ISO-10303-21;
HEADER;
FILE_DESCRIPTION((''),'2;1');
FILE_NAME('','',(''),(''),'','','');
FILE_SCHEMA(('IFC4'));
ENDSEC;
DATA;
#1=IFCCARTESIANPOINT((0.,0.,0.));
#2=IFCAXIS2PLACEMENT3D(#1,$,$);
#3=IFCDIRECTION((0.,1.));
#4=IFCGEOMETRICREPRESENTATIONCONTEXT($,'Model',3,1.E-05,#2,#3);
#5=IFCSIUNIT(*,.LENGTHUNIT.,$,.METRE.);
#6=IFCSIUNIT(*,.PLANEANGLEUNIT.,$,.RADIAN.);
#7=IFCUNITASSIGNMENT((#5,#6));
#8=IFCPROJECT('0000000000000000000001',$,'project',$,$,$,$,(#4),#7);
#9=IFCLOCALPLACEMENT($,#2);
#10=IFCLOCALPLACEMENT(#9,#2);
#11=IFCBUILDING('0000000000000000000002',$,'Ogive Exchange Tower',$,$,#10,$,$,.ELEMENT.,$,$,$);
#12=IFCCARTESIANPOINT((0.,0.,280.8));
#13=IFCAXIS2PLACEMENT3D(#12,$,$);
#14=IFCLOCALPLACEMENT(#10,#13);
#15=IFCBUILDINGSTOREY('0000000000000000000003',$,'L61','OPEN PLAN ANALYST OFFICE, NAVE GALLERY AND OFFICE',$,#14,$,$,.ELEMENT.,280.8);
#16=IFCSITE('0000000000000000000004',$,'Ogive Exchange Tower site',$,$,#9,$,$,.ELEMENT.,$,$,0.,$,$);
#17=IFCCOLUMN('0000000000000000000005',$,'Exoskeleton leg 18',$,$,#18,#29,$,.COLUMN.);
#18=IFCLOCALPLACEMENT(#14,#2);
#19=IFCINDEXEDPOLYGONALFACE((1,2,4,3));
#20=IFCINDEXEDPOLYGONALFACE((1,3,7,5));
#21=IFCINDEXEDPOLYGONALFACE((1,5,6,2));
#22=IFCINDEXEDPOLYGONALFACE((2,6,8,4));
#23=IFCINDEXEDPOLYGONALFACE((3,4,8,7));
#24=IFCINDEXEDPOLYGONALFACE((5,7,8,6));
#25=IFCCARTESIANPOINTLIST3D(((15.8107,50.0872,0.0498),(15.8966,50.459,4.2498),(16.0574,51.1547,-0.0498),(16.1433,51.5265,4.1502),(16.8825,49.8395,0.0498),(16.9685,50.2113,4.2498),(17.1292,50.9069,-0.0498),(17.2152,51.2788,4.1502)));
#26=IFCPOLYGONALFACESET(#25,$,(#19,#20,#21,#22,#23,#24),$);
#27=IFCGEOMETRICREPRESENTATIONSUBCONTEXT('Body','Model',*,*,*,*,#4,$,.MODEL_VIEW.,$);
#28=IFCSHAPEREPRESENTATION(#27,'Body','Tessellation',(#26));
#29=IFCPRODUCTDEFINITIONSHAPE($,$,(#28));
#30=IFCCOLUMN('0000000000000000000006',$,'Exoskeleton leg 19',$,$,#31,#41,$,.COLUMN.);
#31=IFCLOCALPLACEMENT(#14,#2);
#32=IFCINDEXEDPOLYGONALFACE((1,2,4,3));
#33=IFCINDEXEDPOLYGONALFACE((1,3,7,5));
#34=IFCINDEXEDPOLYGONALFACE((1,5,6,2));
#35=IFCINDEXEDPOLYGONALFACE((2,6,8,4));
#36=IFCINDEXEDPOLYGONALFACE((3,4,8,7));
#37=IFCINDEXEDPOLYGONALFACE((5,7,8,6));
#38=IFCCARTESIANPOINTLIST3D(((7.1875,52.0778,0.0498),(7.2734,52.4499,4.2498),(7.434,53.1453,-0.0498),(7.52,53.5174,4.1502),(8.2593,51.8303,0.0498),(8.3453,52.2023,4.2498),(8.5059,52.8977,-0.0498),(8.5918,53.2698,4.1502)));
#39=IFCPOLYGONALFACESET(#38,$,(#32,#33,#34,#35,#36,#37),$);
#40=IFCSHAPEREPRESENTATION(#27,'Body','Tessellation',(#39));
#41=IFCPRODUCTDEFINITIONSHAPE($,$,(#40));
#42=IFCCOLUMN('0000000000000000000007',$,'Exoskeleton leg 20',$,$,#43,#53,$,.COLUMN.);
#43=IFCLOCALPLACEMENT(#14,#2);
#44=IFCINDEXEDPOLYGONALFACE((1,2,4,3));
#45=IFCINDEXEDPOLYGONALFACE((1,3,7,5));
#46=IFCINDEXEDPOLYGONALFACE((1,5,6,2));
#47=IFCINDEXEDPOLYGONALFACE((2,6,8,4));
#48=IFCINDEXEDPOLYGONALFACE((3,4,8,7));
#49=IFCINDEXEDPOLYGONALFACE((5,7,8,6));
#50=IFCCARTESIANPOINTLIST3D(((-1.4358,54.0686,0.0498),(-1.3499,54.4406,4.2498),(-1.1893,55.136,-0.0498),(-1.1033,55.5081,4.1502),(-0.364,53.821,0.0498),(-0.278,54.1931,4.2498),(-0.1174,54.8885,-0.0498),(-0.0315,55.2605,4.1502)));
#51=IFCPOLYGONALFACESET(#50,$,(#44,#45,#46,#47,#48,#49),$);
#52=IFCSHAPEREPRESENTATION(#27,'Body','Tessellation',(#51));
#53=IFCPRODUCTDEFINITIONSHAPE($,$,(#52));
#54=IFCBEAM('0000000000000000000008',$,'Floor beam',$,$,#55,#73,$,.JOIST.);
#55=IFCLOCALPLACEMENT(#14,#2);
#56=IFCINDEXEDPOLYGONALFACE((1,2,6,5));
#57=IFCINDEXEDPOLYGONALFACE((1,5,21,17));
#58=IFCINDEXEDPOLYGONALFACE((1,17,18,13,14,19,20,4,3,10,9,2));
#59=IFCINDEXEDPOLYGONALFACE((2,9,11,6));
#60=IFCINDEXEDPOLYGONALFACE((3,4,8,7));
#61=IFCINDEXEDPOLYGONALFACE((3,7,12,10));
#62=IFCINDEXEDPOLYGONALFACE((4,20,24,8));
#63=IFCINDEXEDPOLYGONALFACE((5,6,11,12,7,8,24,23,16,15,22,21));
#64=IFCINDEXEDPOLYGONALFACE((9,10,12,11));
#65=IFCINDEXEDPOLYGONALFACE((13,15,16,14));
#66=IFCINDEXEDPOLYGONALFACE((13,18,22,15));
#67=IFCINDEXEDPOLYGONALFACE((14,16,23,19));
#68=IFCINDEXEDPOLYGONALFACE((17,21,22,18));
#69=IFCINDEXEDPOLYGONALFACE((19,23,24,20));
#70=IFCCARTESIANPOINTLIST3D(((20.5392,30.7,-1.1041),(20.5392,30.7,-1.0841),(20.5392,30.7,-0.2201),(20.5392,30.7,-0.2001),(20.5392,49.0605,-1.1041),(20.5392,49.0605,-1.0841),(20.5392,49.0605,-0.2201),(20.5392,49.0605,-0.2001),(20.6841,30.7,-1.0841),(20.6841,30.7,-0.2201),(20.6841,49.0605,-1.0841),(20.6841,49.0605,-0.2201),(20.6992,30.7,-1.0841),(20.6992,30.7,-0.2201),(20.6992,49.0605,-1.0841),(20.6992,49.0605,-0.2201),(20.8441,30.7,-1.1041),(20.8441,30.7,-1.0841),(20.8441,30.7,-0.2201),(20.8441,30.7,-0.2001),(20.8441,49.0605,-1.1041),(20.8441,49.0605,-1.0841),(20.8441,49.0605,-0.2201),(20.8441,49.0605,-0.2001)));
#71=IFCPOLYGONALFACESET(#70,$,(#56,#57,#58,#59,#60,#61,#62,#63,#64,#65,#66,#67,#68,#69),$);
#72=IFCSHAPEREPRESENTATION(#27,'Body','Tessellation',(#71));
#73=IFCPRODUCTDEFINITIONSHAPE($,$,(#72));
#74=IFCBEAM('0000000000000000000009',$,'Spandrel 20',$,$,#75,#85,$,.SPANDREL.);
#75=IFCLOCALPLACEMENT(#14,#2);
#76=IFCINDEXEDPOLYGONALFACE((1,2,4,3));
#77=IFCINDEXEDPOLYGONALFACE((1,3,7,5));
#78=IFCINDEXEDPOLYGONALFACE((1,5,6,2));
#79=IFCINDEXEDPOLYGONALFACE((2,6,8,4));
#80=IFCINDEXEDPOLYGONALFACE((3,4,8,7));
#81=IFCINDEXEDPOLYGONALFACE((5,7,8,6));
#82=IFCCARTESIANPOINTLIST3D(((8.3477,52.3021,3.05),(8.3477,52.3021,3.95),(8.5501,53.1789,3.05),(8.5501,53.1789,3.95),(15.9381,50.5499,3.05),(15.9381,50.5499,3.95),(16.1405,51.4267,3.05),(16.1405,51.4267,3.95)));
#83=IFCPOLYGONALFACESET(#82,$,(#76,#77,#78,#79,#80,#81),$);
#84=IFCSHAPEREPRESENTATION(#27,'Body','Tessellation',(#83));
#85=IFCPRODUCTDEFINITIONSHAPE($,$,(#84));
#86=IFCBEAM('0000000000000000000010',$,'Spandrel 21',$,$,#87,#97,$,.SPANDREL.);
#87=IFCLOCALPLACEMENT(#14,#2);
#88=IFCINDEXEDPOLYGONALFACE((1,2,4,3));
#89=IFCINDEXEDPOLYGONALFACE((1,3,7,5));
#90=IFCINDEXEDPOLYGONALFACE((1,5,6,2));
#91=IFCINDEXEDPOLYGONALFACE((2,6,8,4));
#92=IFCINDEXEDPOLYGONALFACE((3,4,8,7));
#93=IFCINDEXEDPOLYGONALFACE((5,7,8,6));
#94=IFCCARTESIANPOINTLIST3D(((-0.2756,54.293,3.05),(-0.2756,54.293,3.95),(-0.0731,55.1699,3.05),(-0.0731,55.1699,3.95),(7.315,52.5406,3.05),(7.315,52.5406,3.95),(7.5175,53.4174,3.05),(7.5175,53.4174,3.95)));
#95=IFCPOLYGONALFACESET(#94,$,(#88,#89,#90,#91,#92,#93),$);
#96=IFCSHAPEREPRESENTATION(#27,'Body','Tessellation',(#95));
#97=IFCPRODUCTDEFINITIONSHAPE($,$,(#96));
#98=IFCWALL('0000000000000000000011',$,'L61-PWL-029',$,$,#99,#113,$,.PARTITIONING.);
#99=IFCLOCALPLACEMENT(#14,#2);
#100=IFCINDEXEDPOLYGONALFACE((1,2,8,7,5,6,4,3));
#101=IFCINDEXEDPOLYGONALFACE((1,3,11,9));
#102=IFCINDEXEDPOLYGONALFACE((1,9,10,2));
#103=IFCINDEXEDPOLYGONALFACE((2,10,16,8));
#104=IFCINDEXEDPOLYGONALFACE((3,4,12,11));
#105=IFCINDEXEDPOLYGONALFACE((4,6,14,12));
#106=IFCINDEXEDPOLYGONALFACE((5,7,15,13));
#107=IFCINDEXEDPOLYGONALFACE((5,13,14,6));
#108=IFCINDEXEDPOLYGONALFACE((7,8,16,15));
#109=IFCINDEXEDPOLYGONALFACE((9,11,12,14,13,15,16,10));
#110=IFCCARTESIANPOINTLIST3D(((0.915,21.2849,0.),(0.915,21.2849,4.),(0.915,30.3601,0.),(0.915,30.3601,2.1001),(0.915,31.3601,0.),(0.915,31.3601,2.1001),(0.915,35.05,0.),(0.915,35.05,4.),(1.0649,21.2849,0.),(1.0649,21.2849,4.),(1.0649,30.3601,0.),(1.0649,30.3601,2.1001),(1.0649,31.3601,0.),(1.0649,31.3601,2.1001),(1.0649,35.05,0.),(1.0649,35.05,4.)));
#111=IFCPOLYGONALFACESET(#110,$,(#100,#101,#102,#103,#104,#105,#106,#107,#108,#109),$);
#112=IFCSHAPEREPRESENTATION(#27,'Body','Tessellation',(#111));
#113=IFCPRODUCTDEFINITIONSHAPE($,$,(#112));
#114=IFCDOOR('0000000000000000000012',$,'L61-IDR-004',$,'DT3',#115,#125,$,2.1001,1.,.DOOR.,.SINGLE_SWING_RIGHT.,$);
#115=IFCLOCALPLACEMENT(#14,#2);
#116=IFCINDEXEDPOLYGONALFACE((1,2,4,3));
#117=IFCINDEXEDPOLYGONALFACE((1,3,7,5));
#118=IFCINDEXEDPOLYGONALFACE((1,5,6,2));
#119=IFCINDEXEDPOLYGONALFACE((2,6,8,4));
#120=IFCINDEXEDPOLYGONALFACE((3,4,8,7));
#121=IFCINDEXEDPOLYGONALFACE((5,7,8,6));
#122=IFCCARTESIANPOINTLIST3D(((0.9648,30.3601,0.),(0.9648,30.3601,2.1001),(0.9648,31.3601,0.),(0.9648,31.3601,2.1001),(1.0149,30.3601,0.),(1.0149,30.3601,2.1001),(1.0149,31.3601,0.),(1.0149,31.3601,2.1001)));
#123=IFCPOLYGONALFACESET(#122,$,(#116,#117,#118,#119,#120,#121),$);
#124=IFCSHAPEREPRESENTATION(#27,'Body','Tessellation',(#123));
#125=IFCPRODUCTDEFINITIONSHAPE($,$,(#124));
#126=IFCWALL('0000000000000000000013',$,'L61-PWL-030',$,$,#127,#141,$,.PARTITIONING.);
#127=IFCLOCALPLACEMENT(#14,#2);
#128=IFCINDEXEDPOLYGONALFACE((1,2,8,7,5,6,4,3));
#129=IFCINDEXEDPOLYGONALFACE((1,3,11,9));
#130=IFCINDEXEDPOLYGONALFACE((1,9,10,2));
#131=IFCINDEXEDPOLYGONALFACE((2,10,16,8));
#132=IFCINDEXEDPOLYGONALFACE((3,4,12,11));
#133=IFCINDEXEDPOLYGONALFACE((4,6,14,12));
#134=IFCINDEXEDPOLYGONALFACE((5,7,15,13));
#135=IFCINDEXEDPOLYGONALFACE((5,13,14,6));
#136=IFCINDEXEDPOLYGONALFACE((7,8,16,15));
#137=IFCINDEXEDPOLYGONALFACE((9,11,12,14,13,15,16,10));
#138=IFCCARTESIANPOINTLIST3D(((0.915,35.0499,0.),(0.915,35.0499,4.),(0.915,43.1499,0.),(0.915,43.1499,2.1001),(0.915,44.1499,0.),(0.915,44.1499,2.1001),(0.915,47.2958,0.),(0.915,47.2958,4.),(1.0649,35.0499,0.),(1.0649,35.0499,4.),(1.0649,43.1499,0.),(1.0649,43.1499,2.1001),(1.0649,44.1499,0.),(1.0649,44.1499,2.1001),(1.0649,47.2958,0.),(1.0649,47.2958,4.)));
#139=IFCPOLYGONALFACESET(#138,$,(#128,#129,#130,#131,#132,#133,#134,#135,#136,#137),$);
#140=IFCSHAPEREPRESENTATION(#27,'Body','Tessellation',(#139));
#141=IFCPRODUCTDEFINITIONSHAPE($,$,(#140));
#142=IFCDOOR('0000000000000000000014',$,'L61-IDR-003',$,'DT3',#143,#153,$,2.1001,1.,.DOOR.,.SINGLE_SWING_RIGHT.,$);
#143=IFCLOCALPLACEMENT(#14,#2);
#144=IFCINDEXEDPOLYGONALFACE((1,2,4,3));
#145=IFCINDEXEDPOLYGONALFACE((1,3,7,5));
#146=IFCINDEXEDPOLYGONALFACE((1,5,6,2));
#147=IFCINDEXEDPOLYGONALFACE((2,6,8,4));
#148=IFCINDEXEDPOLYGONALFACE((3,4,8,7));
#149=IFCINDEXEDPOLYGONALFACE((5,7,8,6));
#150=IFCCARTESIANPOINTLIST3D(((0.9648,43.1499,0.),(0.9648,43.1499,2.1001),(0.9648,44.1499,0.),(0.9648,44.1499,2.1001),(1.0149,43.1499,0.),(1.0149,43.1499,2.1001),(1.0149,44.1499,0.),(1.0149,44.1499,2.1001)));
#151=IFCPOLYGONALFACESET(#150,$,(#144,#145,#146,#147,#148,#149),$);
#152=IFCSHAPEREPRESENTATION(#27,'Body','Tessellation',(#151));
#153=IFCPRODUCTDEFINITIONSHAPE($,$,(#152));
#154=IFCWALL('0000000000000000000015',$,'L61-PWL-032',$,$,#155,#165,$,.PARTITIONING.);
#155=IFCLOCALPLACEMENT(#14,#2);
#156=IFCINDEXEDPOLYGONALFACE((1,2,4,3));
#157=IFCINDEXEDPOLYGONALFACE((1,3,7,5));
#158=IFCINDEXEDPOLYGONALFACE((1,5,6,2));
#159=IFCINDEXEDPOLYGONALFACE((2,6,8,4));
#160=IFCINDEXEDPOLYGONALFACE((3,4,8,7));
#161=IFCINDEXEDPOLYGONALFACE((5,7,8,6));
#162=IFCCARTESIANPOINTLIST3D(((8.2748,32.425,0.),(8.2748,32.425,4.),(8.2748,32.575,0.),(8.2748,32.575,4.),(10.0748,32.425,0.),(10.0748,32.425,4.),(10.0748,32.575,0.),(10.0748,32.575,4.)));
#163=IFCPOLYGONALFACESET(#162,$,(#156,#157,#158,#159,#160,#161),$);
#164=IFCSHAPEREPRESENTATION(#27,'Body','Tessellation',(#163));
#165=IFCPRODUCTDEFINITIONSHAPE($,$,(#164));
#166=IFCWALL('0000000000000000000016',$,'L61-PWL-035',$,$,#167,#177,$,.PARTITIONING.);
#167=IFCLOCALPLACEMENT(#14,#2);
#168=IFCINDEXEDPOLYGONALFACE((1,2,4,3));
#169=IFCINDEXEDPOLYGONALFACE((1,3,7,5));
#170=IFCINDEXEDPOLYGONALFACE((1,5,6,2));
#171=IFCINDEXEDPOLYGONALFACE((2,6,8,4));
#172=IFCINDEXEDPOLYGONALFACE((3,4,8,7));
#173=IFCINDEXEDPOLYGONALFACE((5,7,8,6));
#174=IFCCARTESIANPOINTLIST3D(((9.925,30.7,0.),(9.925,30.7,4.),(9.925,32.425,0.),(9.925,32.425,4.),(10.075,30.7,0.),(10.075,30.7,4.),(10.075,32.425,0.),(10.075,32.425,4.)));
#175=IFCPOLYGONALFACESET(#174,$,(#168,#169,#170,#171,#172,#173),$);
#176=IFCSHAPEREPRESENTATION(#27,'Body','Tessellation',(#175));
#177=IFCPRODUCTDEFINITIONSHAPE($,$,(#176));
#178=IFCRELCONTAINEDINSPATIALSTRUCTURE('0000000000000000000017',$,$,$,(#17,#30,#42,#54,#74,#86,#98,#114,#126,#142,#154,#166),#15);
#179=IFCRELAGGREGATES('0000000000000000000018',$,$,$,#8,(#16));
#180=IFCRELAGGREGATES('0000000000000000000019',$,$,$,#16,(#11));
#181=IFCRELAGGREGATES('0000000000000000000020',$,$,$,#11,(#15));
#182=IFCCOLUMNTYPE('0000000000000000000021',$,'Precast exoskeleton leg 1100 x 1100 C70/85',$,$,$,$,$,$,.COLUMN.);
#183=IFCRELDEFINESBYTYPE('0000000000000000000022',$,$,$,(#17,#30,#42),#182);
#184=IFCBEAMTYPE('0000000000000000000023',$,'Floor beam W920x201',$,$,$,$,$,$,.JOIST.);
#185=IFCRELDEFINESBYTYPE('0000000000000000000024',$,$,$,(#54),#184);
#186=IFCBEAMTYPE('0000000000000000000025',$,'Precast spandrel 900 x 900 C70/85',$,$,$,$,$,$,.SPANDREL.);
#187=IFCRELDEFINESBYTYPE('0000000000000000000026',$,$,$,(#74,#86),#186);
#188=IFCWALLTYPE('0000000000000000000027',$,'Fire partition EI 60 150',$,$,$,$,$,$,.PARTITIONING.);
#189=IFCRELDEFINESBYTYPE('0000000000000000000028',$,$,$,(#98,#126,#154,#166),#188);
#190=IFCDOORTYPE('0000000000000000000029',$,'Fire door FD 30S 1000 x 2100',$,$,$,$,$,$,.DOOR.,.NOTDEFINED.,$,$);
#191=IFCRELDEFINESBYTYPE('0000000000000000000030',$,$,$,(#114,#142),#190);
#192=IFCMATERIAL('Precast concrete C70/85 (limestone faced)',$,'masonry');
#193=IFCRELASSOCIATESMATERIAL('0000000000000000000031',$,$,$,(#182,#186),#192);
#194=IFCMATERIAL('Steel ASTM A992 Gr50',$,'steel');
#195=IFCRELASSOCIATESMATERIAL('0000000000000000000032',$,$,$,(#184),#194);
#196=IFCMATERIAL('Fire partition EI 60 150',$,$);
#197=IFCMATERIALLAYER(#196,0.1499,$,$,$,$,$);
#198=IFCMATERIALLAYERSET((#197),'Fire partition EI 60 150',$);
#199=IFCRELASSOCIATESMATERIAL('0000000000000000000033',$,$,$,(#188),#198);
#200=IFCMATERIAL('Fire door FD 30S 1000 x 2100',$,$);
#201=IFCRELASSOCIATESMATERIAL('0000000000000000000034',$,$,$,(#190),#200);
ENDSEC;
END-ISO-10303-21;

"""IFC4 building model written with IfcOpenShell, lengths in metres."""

from ifc_helpers import new_model, si_unit, direction, frame, frame_2d, origin, origin_2d, place, context, subcontext, project, spatial, rectangle, i_section, extrude, material, layer, layer_set, material_profile, profile_set, type_object, element, fill, save


model = new_model("IFC4")

# Units and contexts
model_context = context("Model", 3, precision=1e-05, world=origin(), true_north=direction((0.0, 1.0)))
body_context = subcontext(model_context, "Body", "Model", "MODEL_VIEW")
ifc_project = project(units=[si_unit("LENGTHUNIT", "METRE"), si_unit("PLANEANGLEUNIT", "RADIAN")], contexts=[model_context])

# Site, building, storey
site_placement = place(None, origin())
site = spatial("IfcSite", under=ifc_project, at=site_placement, Name="Ogive Exchange Tower site", CompositionType="ELEMENT", RefElevation=0.0)
building_placement = place(site_placement, origin())
building = spatial("IfcBuilding", under=site, at=building_placement, Name="Ogive Exchange Tower", CompositionType="ELEMENT")
storey_placement = place(building_placement, frame((0.0, 0.0, 280.8)))
storey = spatial("IfcBuildingStorey", under=building, at=storey_placement, Name="L61", Description="OPEN PLAN ANALYST OFFICE, NAVE GALLERY AND OFFICE", CompositionType="ELEMENT", Elevation=280.8)

# Columns
ifc_material_1 = material(Name="Precast concrete C70/85 (limestone faced)", Category="masonry")
ifc_material_profile_1 = material_profile(ifc_material_1, rectangle(XDim=1.1001, YDim=1.1001, at=origin_2d()), Name="1100 x 1100")
ifc_profile_set_1 = profile_set([ifc_material_profile_1], Name="Precast concrete C70/85 (limestone faced)")
column_type = type_object("IfcColumnType", Name="Precast exoskeleton leg 1100 x 1100 C70/85", PredefinedType="COLUMN", material=ifc_profile_set_1)
for number, where, z_axis, x_axis, name in (
    (1, (16.47, 50.4971, 0.0), (0.020378, 0.088168, 0.995897), (-0.974316, 0.225187, 0.0), "Exoskeleton leg 18"),
    (2, (7.8467, 52.4878, 0.0), (0.020377, 0.088225, 0.995892), (-0.974348, 0.225046, 0.0), "Exoskeleton leg 19"),
    (3, (-0.7766, 54.4785, 0.0), (0.020377, 0.088225, 0.995892), (-0.974348, 0.225046, 0.0), "Exoskeleton leg 20"),
):
    element("IfcColumn", number, at=place(storey_placement, frame(where, z_axis=z_axis, x_axis=x_axis)), inside=storey, type_object=column_type, Name=name, PredefinedType="COLUMN", context=body_context, shape_type="SweptSolid", body=[
        extrude(rectangle(XDim=1.1001, YDim=1.1001, at=origin_2d()), origin(), (0.0, 0.0, 1.0), 4.2173),
    ])

# Beams
ifc_material_2 = material(Name="Steel ASTM A992 Gr50", Category="steel")
ifc_material_profile_2 = material_profile(ifc_material_2, i_section(OverallWidth=0.3049, OverallDepth=0.9041, WebThickness=0.0151, FlangeThickness=0.02, at=origin_2d()), Name="W920x201")
ifc_profile_set_2 = profile_set([ifc_material_profile_2], Name="Steel ASTM A992 Gr50")
beam_type_1 = type_object("IfcBeamType", Name="Floor beam W920x201", PredefinedType="JOIST", material=ifc_profile_set_2)
beam_1_placement = place(storey_placement, frame((20.6917, 30.7, -0.6521), z_axis=(0.0, 1.0, 0.0), x_axis=(-1.0, 0.0, 0.0)))
element("IfcBeam", 4, at=beam_1_placement, inside=storey, type_object=beam_type_1, Name="Floor beam", PredefinedType="JOIST", context=body_context, shape_type="SweptSolid", body=[
    extrude(i_section(OverallWidth=0.3049, OverallDepth=0.9041, WebThickness=0.0151, FlangeThickness=0.02, at=origin_2d()), origin(), (0.0, 0.0, 1.0), 18.3606),
])
ifc_material_profile_3 = material_profile(ifc_material_1, rectangle(XDim=0.8999, YDim=0.8999, at=origin_2d()), Name="900 x 900")
ifc_profile_set_3 = profile_set([ifc_material_profile_3], Name="Precast concrete C70/85 (limestone faced)")
beam_type_2 = type_object("IfcBeamType", Name="Precast spandrel 900 x 900 C70/85", PredefinedType="SPANDREL", material=ifc_profile_set_3)
beam_2_placement = place(storey_placement, frame((16.0393, 50.9883, 3.5), z_axis=(-0.974375, 0.22493, 0.0), x_axis=(-0.22493, -0.974375, 0.0)))
element("IfcBeam", 5, at=beam_2_placement, inside=storey, type_object=beam_type_2, Name="Spandrel 20", PredefinedType="SPANDREL", context=body_context, shape_type="SweptSolid", body=[
    extrude(rectangle(XDim=0.8999, YDim=0.8999, at=origin_2d()), origin(), (0.0, 0.0, 1.0), 7.79),
])
beam_3_placement = place(storey_placement, frame((7.4163, 52.979, 3.5), z_axis=(-0.97437, 0.224953, 0.0), x_axis=(-0.224953, -0.97437, 0.0)))
element("IfcBeam", 6, at=beam_3_placement, inside=storey, type_object=beam_type_2, Name="Spandrel 21", PredefinedType="SPANDREL", context=body_context, shape_type="SweptSolid", body=[
    extrude(rectangle(XDim=0.8999, YDim=0.8999, at=origin_2d()), origin(), (0.0, 0.0, 1.0), 7.7903),
])

# Walls, openings, doors
ifc_material_3 = material(Name="Fire partition EI 60 150")
ifc_layer_1 = layer(ifc_material_3, 0.1499)
ifc_layer_set_1 = layer_set([ifc_layer_1], Name="Fire partition EI 60 150")
wall_type_1 = type_object("IfcWallType", Name="Fire partition EI 60 150", PredefinedType="PARTITIONING", material=ifc_layer_set_1)
wall_1_placement = place(storey_placement, frame((0.99, 35.05, 0.0), z_axis=(0.0, 0.0, 1.0), x_axis=(0.0, -1.0, 0.0)))
wall_1 = element("IfcWall", 7, at=wall_1_placement, inside=storey, type_object=wall_type_1, Name="L61-PWL-029", PredefinedType="PARTITIONING", context=body_context, shape_type="SweptSolid", body=[
    extrude(rectangle(XDim=13.7651, YDim=0.1499, at=frame_2d((6.8826, 0.0))), origin(), (0.0, 0.0, 1.0), 4.0),
])
opening_1_placement = place(wall_1_placement, frame((3.6899, 0.0, 0.0)))
opening_1 = element("IfcOpeningElement", 8, at=opening_1_placement, cuts=wall_1, PredefinedType="OPENING", context=body_context, shape_type="SweptSolid", body=[
    extrude(rectangle(XDim=1.0, YDim=2.1001, at=frame_2d((0.5, 1.05))), frame((0.0, 0.085, 0.0), z_axis=(0.0, -1.0, 0.0), x_axis=(1.0, 0.0, 0.0)), (0.0, 0.0, 1.0), 0.1699),
])
ifc_material_4 = material(Name="Fire door FD 30S 1000 x 2100")
door_type_1 = type_object("IfcDoorType", Name="Fire door FD 30S 1000 x 2100", OperationType="NOTDEFINED", PredefinedType="DOOR", material=ifc_material_4)
door_1_placement = place(opening_1_placement, origin())
door_1 = element("IfcDoor", 9, at=door_1_placement, inside=storey, type_object=door_type_1, Name="L61-IDR-004", ObjectType="DT3", OperationType="SINGLE_SWING_RIGHT", OverallHeight=2.1001, OverallWidth=1.0, PredefinedType="DOOR", context=body_context, shape_type="SweptSolid", body=[
    extrude(rectangle(XDim=1.0, YDim=2.1001, at=frame_2d((0.5, 1.05))), frame((0.0, 0.0249, 0.0), z_axis=(0.0, -1.0, 0.0), x_axis=(1.0, 0.0, 0.0)), (0.0, 0.0, 1.0), 0.05),
])
fill(opening_1, door_1)
wall_2_placement = place(storey_placement, frame((0.99, 47.2959, 0.0), z_axis=(0.0, 0.0, 1.0), x_axis=(0.0, -1.0, 0.0)))
wall_2 = element("IfcWall", 10, at=wall_2_placement, inside=storey, type_object=wall_type_1, Name="L61-PWL-030", PredefinedType="PARTITIONING", context=body_context, shape_type="SweptSolid", body=[
    extrude(rectangle(XDim=12.2458, YDim=0.1499, at=frame_2d((6.123, 0.0))), origin(), (0.0, 0.0, 1.0), 4.0),
])
opening_2_placement = place(wall_2_placement, frame((3.146, 0.0, 0.0)))
opening_2 = element("IfcOpeningElement", 11, at=opening_2_placement, cuts=wall_2, PredefinedType="OPENING", context=body_context, shape_type="SweptSolid", body=[
    extrude(rectangle(XDim=1.0, YDim=2.1001, at=frame_2d((0.5, 1.05))), frame((0.0, 0.085, 0.0), z_axis=(0.0, -1.0, 0.0), x_axis=(1.0, 0.0, 0.0)), (0.0, 0.0, 1.0), 0.1699),
])
door_2_placement = place(opening_2_placement, origin())
door_2 = element("IfcDoor", 12, at=door_2_placement, inside=storey, type_object=door_type_1, Name="L61-IDR-003", ObjectType="DT3", OperationType="SINGLE_SWING_RIGHT", OverallHeight=2.1001, OverallWidth=1.0, PredefinedType="DOOR", context=body_context, shape_type="SweptSolid", body=[
    extrude(rectangle(XDim=1.0, YDim=2.1001, at=frame_2d((0.5, 1.05))), frame((0.0, 0.0249, 0.0), z_axis=(0.0, -1.0, 0.0), x_axis=(1.0, 0.0, 0.0)), (0.0, 0.0, 1.0), 0.05),
])
fill(opening_2, door_2)

# Walls
wall_3_placement = place(storey_placement, frame((8.2749, 32.5, 0.0), z_axis=(0.0, 0.0, 1.0), x_axis=(1.0, 0.0, 0.0)))
element("IfcWall", 13, at=wall_3_placement, inside=storey, type_object=wall_type_1, Name="L61-PWL-032", PredefinedType="PARTITIONING", context=body_context, shape_type="SweptSolid", body=[
    extrude(rectangle(XDim=1.8, YDim=0.1499, at=frame_2d((0.8999, 0.0))), origin(), (0.0, 0.0, 1.0), 4.0),
])
wall_4_placement = place(storey_placement, frame((10.0, 32.425, 0.0), z_axis=(0.0, 0.0, 1.0), x_axis=(0.0, -1.0, 0.0)))
element("IfcWall", 14, at=wall_4_placement, inside=storey, type_object=wall_type_1, Name="L61-PWL-035", PredefinedType="PARTITIONING", context=body_context, shape_type="SweptSolid", body=[
    extrude(rectangle(XDim=1.7251, YDim=0.1499, at=frame_2d((0.8625, 0.0))), origin(), (0.0, 0.0, 1.0), 4.0),
])

save(model, "model.ifc")
